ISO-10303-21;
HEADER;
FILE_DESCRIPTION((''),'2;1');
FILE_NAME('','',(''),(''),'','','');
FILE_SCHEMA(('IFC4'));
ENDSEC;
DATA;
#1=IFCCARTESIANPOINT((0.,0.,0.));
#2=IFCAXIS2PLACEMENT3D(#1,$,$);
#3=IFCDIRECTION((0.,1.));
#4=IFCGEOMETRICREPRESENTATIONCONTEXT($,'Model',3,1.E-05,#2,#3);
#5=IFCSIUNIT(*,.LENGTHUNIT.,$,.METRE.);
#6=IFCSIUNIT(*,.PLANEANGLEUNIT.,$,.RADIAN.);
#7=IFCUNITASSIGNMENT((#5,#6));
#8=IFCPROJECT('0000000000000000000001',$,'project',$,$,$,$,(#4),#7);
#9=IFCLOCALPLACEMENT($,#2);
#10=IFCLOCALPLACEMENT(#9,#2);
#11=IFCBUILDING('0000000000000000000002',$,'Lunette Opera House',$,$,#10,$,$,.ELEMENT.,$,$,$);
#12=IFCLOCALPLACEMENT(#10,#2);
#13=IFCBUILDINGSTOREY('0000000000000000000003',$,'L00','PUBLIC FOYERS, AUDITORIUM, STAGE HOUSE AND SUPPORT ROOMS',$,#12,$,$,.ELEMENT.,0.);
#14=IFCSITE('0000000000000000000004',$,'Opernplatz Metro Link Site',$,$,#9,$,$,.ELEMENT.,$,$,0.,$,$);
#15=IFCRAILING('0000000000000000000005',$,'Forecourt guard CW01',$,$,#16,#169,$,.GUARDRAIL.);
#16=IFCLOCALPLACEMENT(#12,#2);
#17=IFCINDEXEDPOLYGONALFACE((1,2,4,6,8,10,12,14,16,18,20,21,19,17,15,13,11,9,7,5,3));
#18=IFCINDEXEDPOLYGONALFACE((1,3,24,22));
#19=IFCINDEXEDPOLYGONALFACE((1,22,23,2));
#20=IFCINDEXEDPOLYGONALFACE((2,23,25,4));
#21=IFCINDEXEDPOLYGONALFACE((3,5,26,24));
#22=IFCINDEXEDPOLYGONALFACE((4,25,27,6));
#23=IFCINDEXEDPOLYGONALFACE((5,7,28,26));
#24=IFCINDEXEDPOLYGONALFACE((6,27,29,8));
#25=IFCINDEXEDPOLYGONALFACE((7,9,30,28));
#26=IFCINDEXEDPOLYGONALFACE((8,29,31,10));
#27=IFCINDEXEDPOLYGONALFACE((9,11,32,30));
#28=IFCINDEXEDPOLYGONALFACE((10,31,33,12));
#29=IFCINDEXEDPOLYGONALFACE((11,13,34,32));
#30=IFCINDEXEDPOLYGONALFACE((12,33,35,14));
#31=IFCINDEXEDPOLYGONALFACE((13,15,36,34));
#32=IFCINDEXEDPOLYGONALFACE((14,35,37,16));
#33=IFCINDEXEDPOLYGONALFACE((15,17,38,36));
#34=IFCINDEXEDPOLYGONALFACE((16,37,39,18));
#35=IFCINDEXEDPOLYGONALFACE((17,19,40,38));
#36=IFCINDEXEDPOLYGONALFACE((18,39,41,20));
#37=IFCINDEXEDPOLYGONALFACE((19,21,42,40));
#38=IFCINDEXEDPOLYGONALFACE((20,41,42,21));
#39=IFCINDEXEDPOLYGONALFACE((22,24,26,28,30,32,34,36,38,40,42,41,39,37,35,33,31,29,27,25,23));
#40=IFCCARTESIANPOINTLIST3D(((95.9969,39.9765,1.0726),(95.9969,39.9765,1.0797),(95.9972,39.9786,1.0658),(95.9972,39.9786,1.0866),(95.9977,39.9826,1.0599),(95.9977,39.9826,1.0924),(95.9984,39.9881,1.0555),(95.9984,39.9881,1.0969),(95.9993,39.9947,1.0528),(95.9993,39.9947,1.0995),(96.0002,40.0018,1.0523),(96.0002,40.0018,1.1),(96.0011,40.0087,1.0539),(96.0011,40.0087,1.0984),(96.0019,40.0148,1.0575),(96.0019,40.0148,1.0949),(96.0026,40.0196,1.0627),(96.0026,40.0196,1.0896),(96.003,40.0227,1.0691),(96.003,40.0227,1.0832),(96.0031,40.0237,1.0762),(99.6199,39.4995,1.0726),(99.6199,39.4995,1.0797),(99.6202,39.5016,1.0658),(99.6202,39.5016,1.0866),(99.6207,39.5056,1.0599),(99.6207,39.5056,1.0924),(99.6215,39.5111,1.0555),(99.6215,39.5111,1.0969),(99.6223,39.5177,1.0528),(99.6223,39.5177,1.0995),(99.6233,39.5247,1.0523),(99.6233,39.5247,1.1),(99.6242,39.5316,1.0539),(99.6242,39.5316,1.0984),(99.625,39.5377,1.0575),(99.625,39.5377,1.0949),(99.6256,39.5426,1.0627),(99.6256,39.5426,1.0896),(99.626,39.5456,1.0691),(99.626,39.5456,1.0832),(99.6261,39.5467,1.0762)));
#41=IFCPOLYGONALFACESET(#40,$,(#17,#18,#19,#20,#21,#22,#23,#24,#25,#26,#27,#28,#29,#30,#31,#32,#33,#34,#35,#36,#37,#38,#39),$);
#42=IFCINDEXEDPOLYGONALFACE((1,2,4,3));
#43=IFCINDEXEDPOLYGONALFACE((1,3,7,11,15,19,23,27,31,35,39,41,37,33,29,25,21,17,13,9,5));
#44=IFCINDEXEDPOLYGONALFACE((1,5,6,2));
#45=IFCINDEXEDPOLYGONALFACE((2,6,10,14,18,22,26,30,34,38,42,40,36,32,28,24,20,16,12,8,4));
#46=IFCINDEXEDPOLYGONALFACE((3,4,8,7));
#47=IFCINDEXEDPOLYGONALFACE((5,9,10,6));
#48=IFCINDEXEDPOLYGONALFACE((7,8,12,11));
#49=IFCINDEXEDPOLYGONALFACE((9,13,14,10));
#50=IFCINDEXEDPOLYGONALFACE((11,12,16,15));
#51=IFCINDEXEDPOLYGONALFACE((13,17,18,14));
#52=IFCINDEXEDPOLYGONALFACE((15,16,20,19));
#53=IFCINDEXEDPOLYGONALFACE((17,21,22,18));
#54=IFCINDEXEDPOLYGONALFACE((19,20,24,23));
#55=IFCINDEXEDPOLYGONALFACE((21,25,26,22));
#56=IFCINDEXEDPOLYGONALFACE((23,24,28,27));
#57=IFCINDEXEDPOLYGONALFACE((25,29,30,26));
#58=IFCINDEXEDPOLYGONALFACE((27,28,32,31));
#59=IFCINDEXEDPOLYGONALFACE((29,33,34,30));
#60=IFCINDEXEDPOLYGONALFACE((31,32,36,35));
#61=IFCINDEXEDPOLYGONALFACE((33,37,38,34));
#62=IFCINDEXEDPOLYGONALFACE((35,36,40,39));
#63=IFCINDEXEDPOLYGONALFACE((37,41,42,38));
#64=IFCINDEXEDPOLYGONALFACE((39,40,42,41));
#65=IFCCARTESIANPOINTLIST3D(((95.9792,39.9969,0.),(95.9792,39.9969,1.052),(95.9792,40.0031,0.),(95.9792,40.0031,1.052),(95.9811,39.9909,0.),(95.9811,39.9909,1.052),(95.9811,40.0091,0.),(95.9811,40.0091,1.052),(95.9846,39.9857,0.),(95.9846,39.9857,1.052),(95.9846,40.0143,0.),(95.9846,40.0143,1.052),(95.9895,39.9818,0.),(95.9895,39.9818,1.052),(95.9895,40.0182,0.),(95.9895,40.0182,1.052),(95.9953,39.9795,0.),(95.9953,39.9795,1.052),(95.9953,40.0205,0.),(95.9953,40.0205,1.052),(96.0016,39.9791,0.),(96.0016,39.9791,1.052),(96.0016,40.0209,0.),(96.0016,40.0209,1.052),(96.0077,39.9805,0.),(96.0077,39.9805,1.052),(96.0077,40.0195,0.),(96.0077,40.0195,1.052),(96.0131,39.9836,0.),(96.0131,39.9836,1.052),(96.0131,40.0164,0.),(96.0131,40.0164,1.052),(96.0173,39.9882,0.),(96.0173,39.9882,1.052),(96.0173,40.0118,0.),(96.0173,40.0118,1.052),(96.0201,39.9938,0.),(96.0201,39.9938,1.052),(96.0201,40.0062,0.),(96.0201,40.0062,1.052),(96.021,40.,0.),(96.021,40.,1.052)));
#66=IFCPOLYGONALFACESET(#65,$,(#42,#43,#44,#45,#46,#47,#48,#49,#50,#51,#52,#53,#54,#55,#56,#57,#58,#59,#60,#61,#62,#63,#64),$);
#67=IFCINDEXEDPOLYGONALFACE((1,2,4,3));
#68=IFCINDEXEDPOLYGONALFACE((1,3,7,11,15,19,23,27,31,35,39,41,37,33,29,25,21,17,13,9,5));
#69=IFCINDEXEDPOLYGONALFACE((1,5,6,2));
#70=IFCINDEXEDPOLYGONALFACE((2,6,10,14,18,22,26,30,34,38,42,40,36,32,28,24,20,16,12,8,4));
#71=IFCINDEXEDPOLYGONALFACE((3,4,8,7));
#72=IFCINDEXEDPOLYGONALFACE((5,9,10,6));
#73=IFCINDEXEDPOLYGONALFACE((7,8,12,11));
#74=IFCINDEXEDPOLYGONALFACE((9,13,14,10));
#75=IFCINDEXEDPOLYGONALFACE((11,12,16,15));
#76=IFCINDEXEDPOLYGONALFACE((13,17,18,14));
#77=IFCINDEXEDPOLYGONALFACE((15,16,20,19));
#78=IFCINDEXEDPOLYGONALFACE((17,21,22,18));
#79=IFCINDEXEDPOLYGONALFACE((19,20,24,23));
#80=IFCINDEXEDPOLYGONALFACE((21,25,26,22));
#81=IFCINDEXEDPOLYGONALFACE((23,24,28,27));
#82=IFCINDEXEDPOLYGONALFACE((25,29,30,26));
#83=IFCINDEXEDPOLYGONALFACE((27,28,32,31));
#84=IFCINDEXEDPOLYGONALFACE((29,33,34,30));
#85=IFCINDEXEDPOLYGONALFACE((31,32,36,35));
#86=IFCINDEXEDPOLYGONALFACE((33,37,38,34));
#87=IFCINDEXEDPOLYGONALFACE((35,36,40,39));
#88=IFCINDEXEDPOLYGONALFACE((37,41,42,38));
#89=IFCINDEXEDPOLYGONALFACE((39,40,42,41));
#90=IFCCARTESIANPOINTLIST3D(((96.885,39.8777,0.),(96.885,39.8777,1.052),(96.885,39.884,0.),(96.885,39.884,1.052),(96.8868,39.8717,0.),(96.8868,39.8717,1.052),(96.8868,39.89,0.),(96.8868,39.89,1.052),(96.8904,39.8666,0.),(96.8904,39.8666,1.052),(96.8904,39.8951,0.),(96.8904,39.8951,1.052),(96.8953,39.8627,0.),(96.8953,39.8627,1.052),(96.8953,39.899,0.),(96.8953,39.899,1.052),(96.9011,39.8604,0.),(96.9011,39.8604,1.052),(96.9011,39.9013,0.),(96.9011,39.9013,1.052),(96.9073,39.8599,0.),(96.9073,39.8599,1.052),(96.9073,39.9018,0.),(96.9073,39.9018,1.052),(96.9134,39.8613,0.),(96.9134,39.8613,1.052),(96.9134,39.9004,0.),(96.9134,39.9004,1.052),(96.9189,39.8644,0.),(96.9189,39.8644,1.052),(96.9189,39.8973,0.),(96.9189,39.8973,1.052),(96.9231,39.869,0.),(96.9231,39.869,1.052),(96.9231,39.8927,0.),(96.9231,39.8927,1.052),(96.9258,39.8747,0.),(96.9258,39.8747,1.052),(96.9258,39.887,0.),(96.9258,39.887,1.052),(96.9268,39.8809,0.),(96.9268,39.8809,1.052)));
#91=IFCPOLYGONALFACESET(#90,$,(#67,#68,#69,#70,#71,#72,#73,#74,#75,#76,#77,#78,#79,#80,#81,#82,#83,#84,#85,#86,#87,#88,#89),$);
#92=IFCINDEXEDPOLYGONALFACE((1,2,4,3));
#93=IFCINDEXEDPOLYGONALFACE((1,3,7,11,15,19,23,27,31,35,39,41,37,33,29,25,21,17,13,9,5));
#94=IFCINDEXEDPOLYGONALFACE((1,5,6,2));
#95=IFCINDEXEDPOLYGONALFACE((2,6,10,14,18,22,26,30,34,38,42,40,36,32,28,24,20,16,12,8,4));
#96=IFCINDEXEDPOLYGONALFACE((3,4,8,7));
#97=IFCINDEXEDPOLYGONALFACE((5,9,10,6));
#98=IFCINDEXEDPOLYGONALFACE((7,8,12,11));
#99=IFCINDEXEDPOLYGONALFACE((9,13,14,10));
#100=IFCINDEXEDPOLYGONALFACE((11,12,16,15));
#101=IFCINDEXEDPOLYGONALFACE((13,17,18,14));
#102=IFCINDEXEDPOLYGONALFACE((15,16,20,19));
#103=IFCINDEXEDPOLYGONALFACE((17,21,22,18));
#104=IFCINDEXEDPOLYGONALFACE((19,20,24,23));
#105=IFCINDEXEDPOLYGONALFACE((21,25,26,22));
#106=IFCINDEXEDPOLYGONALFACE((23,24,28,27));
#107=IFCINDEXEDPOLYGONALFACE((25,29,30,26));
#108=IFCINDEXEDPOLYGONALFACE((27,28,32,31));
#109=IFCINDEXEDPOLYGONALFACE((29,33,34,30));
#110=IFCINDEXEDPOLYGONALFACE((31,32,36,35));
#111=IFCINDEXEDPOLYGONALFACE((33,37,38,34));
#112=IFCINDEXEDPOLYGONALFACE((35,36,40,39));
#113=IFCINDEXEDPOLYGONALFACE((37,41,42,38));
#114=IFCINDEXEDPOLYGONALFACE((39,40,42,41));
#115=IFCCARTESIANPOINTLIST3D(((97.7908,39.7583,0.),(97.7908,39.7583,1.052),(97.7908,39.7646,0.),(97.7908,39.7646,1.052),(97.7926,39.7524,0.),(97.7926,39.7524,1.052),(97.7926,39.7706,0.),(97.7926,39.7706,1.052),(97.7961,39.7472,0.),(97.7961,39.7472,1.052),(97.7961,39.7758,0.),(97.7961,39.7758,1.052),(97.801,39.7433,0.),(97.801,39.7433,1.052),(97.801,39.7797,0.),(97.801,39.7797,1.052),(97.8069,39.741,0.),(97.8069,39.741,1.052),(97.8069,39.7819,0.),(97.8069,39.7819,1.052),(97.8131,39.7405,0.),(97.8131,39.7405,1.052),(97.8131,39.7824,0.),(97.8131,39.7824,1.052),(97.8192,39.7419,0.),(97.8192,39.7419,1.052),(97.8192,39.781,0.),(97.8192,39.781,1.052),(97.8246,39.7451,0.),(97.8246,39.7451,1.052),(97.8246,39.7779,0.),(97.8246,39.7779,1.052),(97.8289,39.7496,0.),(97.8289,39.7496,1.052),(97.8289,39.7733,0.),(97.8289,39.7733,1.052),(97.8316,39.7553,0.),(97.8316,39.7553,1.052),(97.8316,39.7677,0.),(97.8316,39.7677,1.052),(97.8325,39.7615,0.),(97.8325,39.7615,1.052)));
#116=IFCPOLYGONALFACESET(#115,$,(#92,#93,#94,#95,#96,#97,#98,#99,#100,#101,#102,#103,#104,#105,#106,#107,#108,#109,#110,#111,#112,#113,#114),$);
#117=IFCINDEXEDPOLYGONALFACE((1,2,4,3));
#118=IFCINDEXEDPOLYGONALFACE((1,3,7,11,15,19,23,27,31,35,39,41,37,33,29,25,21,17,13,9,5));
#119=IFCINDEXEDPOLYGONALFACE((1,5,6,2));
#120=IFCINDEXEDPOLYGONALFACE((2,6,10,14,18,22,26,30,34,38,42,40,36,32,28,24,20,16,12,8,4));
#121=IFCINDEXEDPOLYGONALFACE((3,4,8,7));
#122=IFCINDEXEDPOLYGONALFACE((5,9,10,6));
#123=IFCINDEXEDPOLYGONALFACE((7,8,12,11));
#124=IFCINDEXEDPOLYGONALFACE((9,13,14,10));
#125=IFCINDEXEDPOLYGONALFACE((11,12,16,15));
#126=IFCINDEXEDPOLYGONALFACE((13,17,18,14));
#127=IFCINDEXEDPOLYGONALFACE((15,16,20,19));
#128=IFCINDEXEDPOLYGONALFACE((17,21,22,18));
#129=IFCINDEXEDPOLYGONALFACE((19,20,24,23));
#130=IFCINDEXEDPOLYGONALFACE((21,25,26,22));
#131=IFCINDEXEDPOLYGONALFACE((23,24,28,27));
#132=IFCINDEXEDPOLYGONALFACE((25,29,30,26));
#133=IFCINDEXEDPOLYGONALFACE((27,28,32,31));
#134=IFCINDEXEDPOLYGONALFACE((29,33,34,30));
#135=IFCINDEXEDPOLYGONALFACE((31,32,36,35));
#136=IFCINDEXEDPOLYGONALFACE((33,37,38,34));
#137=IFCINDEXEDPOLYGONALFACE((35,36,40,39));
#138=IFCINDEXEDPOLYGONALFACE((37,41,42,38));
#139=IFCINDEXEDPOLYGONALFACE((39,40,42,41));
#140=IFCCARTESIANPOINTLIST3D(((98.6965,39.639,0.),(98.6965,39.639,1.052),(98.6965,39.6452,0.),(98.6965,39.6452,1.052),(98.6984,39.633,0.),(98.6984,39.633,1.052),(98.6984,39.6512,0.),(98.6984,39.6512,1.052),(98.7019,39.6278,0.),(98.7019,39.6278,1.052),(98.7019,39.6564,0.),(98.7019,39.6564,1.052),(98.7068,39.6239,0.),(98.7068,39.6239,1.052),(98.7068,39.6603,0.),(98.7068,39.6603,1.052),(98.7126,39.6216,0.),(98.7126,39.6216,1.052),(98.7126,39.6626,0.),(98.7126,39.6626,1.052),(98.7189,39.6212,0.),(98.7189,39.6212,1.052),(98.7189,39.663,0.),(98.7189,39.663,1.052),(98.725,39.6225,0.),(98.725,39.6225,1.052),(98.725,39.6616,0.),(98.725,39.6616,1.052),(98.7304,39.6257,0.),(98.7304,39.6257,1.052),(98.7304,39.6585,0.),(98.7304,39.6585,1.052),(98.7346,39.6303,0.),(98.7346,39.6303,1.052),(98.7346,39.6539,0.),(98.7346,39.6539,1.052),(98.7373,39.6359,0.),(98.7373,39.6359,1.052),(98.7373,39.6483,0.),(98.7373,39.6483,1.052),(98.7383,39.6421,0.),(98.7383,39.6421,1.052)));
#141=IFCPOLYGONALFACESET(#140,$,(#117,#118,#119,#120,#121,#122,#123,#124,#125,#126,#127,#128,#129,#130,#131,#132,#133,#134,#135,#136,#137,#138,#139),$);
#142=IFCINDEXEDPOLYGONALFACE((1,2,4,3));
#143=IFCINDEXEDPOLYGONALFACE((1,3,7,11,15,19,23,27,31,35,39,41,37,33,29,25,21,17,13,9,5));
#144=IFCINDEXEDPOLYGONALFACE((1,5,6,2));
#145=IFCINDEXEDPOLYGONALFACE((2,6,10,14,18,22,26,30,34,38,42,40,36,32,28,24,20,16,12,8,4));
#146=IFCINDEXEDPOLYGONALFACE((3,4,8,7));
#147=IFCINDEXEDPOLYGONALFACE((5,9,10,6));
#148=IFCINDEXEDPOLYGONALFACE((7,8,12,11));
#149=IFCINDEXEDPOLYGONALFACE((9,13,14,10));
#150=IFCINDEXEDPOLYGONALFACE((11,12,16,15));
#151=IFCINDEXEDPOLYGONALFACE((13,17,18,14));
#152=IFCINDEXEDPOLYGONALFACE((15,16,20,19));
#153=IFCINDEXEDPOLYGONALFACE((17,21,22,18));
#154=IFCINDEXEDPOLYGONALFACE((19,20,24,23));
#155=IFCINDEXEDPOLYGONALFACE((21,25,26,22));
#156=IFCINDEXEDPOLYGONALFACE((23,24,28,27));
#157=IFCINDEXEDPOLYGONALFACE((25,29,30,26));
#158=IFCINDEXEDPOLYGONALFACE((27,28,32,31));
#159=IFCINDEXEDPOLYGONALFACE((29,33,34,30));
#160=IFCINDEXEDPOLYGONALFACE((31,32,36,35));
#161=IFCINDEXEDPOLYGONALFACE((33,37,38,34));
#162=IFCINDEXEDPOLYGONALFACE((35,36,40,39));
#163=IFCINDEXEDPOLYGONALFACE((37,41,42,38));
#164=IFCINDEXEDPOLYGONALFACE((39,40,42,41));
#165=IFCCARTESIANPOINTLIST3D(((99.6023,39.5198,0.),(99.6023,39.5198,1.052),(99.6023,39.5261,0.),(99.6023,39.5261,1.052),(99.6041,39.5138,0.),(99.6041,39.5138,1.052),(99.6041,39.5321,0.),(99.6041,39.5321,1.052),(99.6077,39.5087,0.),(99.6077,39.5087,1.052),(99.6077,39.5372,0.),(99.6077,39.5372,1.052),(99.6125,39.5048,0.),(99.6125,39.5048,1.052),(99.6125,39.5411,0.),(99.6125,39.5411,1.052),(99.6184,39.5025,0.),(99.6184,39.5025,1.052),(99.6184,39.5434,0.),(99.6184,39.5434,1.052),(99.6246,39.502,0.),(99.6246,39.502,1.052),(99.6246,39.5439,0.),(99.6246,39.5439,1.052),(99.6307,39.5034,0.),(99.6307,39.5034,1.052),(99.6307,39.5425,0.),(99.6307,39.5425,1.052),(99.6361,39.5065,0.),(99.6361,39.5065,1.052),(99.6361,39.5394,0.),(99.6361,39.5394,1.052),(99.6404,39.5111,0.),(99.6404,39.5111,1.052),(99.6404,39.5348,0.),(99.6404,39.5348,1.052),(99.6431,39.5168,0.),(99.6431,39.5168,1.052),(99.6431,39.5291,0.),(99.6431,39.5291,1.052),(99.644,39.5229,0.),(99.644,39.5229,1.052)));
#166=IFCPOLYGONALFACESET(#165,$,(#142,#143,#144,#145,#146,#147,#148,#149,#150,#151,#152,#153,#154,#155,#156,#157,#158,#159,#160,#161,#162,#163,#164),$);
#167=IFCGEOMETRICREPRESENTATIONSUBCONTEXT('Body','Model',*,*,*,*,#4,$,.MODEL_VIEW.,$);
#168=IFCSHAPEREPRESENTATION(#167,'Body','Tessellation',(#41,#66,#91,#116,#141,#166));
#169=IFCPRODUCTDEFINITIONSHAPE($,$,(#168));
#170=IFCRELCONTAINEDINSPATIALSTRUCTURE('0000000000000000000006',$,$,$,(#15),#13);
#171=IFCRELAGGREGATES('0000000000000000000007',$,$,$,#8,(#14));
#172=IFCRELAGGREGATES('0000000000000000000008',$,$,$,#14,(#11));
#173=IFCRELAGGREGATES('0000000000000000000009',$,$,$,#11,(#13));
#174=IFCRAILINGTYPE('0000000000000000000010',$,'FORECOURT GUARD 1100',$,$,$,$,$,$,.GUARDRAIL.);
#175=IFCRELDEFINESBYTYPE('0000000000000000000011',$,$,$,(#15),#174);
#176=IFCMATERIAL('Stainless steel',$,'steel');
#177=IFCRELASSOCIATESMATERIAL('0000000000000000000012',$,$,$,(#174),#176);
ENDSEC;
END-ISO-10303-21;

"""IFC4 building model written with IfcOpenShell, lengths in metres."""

from ifc_helpers import new_model, si_unit, direction, frame, origin, origin_2d, place, context, subcontext, project, spatial, circle, extrude, material, type_object, element, save


model = new_model("IFC4")

# Units and contexts
model_context = context("Model", 3, precision=1e-05, world=origin(), true_north=direction((0.0, 1.0)))
body_context = subcontext(model_context, "Body", "Model", "MODEL_VIEW")
ifc_project = project(units=[si_unit("LENGTHUNIT", "METRE"), si_unit("PLANEANGLEUNIT", "RADIAN")], contexts=[model_context])

# Site, building, storey
site_placement = place(None, origin())
site = spatial("IfcSite", under=ifc_project, at=site_placement, Name="Opernplatz Metro Link Site", CompositionType="ELEMENT", RefElevation=0.0)
building_placement = place(site_placement, origin())
building = spatial("IfcBuilding", under=site, at=building_placement, Name="Lunette Opera House", CompositionType="ELEMENT")
storey_placement = place(building_placement, origin())
storey = spatial("IfcBuildingStorey", under=building, at=storey_placement, Name="L00", Description="PUBLIC FOYERS, AUDITORIUM, STAGE HOUSE AND SUPPORT ROOMS", CompositionType="ELEMENT", Elevation=0.0)

# Railing
ifc_material_1 = material(Name="Stainless steel", Category="steel")
railing_type = type_object("IfcRailingType", Name="FORECOURT GUARD 1100", PredefinedType="GUARDRAIL", material=ifc_material_1)
railing_1_placement = place(storey_placement, frame((96.0, 40.0, 0.0)))
element("IfcRailing", 1, at=railing_1_placement, inside=storey, type_object=railing_type, Name="Forecourt guard CW01", PredefinedType="GUARDRAIL", context=body_context, shape_type="SweptSolid", body=[
    extrude(circle(Radius=0.0239, at=origin_2d()), frame((0.0, 0.0, 1.0762), z_axis=(0.991442, -0.130544, 0.0), x_axis=(0.130544, 0.991442, 0.0)), (0.0, 0.0, 1.0), 3.6543),
    extrude(circle(Radius=0.021, at=origin_2d()), origin(), (0.0, 0.0, 1.0), 1.052),
    extrude(circle(Radius=0.021, at=origin_2d()), frame((0.9058, -0.1191, 0.0)), (0.0, 0.0, 1.0), 1.052),
    extrude(circle(Radius=0.021, at=origin_2d()), frame((1.8115, -0.2385, 0.0)), (0.0, 0.0, 1.0), 1.052),
    extrude(circle(Radius=0.021, at=origin_2d()), frame((2.7173, -0.3579, 0.0)), (0.0, 0.0, 1.0), 1.052),
    extrude(circle(Radius=0.021, at=origin_2d()), frame((3.623, -0.4771, 0.0)), (0.0, 0.0, 1.0), 1.052),
])

save(model, "model.ifc")
